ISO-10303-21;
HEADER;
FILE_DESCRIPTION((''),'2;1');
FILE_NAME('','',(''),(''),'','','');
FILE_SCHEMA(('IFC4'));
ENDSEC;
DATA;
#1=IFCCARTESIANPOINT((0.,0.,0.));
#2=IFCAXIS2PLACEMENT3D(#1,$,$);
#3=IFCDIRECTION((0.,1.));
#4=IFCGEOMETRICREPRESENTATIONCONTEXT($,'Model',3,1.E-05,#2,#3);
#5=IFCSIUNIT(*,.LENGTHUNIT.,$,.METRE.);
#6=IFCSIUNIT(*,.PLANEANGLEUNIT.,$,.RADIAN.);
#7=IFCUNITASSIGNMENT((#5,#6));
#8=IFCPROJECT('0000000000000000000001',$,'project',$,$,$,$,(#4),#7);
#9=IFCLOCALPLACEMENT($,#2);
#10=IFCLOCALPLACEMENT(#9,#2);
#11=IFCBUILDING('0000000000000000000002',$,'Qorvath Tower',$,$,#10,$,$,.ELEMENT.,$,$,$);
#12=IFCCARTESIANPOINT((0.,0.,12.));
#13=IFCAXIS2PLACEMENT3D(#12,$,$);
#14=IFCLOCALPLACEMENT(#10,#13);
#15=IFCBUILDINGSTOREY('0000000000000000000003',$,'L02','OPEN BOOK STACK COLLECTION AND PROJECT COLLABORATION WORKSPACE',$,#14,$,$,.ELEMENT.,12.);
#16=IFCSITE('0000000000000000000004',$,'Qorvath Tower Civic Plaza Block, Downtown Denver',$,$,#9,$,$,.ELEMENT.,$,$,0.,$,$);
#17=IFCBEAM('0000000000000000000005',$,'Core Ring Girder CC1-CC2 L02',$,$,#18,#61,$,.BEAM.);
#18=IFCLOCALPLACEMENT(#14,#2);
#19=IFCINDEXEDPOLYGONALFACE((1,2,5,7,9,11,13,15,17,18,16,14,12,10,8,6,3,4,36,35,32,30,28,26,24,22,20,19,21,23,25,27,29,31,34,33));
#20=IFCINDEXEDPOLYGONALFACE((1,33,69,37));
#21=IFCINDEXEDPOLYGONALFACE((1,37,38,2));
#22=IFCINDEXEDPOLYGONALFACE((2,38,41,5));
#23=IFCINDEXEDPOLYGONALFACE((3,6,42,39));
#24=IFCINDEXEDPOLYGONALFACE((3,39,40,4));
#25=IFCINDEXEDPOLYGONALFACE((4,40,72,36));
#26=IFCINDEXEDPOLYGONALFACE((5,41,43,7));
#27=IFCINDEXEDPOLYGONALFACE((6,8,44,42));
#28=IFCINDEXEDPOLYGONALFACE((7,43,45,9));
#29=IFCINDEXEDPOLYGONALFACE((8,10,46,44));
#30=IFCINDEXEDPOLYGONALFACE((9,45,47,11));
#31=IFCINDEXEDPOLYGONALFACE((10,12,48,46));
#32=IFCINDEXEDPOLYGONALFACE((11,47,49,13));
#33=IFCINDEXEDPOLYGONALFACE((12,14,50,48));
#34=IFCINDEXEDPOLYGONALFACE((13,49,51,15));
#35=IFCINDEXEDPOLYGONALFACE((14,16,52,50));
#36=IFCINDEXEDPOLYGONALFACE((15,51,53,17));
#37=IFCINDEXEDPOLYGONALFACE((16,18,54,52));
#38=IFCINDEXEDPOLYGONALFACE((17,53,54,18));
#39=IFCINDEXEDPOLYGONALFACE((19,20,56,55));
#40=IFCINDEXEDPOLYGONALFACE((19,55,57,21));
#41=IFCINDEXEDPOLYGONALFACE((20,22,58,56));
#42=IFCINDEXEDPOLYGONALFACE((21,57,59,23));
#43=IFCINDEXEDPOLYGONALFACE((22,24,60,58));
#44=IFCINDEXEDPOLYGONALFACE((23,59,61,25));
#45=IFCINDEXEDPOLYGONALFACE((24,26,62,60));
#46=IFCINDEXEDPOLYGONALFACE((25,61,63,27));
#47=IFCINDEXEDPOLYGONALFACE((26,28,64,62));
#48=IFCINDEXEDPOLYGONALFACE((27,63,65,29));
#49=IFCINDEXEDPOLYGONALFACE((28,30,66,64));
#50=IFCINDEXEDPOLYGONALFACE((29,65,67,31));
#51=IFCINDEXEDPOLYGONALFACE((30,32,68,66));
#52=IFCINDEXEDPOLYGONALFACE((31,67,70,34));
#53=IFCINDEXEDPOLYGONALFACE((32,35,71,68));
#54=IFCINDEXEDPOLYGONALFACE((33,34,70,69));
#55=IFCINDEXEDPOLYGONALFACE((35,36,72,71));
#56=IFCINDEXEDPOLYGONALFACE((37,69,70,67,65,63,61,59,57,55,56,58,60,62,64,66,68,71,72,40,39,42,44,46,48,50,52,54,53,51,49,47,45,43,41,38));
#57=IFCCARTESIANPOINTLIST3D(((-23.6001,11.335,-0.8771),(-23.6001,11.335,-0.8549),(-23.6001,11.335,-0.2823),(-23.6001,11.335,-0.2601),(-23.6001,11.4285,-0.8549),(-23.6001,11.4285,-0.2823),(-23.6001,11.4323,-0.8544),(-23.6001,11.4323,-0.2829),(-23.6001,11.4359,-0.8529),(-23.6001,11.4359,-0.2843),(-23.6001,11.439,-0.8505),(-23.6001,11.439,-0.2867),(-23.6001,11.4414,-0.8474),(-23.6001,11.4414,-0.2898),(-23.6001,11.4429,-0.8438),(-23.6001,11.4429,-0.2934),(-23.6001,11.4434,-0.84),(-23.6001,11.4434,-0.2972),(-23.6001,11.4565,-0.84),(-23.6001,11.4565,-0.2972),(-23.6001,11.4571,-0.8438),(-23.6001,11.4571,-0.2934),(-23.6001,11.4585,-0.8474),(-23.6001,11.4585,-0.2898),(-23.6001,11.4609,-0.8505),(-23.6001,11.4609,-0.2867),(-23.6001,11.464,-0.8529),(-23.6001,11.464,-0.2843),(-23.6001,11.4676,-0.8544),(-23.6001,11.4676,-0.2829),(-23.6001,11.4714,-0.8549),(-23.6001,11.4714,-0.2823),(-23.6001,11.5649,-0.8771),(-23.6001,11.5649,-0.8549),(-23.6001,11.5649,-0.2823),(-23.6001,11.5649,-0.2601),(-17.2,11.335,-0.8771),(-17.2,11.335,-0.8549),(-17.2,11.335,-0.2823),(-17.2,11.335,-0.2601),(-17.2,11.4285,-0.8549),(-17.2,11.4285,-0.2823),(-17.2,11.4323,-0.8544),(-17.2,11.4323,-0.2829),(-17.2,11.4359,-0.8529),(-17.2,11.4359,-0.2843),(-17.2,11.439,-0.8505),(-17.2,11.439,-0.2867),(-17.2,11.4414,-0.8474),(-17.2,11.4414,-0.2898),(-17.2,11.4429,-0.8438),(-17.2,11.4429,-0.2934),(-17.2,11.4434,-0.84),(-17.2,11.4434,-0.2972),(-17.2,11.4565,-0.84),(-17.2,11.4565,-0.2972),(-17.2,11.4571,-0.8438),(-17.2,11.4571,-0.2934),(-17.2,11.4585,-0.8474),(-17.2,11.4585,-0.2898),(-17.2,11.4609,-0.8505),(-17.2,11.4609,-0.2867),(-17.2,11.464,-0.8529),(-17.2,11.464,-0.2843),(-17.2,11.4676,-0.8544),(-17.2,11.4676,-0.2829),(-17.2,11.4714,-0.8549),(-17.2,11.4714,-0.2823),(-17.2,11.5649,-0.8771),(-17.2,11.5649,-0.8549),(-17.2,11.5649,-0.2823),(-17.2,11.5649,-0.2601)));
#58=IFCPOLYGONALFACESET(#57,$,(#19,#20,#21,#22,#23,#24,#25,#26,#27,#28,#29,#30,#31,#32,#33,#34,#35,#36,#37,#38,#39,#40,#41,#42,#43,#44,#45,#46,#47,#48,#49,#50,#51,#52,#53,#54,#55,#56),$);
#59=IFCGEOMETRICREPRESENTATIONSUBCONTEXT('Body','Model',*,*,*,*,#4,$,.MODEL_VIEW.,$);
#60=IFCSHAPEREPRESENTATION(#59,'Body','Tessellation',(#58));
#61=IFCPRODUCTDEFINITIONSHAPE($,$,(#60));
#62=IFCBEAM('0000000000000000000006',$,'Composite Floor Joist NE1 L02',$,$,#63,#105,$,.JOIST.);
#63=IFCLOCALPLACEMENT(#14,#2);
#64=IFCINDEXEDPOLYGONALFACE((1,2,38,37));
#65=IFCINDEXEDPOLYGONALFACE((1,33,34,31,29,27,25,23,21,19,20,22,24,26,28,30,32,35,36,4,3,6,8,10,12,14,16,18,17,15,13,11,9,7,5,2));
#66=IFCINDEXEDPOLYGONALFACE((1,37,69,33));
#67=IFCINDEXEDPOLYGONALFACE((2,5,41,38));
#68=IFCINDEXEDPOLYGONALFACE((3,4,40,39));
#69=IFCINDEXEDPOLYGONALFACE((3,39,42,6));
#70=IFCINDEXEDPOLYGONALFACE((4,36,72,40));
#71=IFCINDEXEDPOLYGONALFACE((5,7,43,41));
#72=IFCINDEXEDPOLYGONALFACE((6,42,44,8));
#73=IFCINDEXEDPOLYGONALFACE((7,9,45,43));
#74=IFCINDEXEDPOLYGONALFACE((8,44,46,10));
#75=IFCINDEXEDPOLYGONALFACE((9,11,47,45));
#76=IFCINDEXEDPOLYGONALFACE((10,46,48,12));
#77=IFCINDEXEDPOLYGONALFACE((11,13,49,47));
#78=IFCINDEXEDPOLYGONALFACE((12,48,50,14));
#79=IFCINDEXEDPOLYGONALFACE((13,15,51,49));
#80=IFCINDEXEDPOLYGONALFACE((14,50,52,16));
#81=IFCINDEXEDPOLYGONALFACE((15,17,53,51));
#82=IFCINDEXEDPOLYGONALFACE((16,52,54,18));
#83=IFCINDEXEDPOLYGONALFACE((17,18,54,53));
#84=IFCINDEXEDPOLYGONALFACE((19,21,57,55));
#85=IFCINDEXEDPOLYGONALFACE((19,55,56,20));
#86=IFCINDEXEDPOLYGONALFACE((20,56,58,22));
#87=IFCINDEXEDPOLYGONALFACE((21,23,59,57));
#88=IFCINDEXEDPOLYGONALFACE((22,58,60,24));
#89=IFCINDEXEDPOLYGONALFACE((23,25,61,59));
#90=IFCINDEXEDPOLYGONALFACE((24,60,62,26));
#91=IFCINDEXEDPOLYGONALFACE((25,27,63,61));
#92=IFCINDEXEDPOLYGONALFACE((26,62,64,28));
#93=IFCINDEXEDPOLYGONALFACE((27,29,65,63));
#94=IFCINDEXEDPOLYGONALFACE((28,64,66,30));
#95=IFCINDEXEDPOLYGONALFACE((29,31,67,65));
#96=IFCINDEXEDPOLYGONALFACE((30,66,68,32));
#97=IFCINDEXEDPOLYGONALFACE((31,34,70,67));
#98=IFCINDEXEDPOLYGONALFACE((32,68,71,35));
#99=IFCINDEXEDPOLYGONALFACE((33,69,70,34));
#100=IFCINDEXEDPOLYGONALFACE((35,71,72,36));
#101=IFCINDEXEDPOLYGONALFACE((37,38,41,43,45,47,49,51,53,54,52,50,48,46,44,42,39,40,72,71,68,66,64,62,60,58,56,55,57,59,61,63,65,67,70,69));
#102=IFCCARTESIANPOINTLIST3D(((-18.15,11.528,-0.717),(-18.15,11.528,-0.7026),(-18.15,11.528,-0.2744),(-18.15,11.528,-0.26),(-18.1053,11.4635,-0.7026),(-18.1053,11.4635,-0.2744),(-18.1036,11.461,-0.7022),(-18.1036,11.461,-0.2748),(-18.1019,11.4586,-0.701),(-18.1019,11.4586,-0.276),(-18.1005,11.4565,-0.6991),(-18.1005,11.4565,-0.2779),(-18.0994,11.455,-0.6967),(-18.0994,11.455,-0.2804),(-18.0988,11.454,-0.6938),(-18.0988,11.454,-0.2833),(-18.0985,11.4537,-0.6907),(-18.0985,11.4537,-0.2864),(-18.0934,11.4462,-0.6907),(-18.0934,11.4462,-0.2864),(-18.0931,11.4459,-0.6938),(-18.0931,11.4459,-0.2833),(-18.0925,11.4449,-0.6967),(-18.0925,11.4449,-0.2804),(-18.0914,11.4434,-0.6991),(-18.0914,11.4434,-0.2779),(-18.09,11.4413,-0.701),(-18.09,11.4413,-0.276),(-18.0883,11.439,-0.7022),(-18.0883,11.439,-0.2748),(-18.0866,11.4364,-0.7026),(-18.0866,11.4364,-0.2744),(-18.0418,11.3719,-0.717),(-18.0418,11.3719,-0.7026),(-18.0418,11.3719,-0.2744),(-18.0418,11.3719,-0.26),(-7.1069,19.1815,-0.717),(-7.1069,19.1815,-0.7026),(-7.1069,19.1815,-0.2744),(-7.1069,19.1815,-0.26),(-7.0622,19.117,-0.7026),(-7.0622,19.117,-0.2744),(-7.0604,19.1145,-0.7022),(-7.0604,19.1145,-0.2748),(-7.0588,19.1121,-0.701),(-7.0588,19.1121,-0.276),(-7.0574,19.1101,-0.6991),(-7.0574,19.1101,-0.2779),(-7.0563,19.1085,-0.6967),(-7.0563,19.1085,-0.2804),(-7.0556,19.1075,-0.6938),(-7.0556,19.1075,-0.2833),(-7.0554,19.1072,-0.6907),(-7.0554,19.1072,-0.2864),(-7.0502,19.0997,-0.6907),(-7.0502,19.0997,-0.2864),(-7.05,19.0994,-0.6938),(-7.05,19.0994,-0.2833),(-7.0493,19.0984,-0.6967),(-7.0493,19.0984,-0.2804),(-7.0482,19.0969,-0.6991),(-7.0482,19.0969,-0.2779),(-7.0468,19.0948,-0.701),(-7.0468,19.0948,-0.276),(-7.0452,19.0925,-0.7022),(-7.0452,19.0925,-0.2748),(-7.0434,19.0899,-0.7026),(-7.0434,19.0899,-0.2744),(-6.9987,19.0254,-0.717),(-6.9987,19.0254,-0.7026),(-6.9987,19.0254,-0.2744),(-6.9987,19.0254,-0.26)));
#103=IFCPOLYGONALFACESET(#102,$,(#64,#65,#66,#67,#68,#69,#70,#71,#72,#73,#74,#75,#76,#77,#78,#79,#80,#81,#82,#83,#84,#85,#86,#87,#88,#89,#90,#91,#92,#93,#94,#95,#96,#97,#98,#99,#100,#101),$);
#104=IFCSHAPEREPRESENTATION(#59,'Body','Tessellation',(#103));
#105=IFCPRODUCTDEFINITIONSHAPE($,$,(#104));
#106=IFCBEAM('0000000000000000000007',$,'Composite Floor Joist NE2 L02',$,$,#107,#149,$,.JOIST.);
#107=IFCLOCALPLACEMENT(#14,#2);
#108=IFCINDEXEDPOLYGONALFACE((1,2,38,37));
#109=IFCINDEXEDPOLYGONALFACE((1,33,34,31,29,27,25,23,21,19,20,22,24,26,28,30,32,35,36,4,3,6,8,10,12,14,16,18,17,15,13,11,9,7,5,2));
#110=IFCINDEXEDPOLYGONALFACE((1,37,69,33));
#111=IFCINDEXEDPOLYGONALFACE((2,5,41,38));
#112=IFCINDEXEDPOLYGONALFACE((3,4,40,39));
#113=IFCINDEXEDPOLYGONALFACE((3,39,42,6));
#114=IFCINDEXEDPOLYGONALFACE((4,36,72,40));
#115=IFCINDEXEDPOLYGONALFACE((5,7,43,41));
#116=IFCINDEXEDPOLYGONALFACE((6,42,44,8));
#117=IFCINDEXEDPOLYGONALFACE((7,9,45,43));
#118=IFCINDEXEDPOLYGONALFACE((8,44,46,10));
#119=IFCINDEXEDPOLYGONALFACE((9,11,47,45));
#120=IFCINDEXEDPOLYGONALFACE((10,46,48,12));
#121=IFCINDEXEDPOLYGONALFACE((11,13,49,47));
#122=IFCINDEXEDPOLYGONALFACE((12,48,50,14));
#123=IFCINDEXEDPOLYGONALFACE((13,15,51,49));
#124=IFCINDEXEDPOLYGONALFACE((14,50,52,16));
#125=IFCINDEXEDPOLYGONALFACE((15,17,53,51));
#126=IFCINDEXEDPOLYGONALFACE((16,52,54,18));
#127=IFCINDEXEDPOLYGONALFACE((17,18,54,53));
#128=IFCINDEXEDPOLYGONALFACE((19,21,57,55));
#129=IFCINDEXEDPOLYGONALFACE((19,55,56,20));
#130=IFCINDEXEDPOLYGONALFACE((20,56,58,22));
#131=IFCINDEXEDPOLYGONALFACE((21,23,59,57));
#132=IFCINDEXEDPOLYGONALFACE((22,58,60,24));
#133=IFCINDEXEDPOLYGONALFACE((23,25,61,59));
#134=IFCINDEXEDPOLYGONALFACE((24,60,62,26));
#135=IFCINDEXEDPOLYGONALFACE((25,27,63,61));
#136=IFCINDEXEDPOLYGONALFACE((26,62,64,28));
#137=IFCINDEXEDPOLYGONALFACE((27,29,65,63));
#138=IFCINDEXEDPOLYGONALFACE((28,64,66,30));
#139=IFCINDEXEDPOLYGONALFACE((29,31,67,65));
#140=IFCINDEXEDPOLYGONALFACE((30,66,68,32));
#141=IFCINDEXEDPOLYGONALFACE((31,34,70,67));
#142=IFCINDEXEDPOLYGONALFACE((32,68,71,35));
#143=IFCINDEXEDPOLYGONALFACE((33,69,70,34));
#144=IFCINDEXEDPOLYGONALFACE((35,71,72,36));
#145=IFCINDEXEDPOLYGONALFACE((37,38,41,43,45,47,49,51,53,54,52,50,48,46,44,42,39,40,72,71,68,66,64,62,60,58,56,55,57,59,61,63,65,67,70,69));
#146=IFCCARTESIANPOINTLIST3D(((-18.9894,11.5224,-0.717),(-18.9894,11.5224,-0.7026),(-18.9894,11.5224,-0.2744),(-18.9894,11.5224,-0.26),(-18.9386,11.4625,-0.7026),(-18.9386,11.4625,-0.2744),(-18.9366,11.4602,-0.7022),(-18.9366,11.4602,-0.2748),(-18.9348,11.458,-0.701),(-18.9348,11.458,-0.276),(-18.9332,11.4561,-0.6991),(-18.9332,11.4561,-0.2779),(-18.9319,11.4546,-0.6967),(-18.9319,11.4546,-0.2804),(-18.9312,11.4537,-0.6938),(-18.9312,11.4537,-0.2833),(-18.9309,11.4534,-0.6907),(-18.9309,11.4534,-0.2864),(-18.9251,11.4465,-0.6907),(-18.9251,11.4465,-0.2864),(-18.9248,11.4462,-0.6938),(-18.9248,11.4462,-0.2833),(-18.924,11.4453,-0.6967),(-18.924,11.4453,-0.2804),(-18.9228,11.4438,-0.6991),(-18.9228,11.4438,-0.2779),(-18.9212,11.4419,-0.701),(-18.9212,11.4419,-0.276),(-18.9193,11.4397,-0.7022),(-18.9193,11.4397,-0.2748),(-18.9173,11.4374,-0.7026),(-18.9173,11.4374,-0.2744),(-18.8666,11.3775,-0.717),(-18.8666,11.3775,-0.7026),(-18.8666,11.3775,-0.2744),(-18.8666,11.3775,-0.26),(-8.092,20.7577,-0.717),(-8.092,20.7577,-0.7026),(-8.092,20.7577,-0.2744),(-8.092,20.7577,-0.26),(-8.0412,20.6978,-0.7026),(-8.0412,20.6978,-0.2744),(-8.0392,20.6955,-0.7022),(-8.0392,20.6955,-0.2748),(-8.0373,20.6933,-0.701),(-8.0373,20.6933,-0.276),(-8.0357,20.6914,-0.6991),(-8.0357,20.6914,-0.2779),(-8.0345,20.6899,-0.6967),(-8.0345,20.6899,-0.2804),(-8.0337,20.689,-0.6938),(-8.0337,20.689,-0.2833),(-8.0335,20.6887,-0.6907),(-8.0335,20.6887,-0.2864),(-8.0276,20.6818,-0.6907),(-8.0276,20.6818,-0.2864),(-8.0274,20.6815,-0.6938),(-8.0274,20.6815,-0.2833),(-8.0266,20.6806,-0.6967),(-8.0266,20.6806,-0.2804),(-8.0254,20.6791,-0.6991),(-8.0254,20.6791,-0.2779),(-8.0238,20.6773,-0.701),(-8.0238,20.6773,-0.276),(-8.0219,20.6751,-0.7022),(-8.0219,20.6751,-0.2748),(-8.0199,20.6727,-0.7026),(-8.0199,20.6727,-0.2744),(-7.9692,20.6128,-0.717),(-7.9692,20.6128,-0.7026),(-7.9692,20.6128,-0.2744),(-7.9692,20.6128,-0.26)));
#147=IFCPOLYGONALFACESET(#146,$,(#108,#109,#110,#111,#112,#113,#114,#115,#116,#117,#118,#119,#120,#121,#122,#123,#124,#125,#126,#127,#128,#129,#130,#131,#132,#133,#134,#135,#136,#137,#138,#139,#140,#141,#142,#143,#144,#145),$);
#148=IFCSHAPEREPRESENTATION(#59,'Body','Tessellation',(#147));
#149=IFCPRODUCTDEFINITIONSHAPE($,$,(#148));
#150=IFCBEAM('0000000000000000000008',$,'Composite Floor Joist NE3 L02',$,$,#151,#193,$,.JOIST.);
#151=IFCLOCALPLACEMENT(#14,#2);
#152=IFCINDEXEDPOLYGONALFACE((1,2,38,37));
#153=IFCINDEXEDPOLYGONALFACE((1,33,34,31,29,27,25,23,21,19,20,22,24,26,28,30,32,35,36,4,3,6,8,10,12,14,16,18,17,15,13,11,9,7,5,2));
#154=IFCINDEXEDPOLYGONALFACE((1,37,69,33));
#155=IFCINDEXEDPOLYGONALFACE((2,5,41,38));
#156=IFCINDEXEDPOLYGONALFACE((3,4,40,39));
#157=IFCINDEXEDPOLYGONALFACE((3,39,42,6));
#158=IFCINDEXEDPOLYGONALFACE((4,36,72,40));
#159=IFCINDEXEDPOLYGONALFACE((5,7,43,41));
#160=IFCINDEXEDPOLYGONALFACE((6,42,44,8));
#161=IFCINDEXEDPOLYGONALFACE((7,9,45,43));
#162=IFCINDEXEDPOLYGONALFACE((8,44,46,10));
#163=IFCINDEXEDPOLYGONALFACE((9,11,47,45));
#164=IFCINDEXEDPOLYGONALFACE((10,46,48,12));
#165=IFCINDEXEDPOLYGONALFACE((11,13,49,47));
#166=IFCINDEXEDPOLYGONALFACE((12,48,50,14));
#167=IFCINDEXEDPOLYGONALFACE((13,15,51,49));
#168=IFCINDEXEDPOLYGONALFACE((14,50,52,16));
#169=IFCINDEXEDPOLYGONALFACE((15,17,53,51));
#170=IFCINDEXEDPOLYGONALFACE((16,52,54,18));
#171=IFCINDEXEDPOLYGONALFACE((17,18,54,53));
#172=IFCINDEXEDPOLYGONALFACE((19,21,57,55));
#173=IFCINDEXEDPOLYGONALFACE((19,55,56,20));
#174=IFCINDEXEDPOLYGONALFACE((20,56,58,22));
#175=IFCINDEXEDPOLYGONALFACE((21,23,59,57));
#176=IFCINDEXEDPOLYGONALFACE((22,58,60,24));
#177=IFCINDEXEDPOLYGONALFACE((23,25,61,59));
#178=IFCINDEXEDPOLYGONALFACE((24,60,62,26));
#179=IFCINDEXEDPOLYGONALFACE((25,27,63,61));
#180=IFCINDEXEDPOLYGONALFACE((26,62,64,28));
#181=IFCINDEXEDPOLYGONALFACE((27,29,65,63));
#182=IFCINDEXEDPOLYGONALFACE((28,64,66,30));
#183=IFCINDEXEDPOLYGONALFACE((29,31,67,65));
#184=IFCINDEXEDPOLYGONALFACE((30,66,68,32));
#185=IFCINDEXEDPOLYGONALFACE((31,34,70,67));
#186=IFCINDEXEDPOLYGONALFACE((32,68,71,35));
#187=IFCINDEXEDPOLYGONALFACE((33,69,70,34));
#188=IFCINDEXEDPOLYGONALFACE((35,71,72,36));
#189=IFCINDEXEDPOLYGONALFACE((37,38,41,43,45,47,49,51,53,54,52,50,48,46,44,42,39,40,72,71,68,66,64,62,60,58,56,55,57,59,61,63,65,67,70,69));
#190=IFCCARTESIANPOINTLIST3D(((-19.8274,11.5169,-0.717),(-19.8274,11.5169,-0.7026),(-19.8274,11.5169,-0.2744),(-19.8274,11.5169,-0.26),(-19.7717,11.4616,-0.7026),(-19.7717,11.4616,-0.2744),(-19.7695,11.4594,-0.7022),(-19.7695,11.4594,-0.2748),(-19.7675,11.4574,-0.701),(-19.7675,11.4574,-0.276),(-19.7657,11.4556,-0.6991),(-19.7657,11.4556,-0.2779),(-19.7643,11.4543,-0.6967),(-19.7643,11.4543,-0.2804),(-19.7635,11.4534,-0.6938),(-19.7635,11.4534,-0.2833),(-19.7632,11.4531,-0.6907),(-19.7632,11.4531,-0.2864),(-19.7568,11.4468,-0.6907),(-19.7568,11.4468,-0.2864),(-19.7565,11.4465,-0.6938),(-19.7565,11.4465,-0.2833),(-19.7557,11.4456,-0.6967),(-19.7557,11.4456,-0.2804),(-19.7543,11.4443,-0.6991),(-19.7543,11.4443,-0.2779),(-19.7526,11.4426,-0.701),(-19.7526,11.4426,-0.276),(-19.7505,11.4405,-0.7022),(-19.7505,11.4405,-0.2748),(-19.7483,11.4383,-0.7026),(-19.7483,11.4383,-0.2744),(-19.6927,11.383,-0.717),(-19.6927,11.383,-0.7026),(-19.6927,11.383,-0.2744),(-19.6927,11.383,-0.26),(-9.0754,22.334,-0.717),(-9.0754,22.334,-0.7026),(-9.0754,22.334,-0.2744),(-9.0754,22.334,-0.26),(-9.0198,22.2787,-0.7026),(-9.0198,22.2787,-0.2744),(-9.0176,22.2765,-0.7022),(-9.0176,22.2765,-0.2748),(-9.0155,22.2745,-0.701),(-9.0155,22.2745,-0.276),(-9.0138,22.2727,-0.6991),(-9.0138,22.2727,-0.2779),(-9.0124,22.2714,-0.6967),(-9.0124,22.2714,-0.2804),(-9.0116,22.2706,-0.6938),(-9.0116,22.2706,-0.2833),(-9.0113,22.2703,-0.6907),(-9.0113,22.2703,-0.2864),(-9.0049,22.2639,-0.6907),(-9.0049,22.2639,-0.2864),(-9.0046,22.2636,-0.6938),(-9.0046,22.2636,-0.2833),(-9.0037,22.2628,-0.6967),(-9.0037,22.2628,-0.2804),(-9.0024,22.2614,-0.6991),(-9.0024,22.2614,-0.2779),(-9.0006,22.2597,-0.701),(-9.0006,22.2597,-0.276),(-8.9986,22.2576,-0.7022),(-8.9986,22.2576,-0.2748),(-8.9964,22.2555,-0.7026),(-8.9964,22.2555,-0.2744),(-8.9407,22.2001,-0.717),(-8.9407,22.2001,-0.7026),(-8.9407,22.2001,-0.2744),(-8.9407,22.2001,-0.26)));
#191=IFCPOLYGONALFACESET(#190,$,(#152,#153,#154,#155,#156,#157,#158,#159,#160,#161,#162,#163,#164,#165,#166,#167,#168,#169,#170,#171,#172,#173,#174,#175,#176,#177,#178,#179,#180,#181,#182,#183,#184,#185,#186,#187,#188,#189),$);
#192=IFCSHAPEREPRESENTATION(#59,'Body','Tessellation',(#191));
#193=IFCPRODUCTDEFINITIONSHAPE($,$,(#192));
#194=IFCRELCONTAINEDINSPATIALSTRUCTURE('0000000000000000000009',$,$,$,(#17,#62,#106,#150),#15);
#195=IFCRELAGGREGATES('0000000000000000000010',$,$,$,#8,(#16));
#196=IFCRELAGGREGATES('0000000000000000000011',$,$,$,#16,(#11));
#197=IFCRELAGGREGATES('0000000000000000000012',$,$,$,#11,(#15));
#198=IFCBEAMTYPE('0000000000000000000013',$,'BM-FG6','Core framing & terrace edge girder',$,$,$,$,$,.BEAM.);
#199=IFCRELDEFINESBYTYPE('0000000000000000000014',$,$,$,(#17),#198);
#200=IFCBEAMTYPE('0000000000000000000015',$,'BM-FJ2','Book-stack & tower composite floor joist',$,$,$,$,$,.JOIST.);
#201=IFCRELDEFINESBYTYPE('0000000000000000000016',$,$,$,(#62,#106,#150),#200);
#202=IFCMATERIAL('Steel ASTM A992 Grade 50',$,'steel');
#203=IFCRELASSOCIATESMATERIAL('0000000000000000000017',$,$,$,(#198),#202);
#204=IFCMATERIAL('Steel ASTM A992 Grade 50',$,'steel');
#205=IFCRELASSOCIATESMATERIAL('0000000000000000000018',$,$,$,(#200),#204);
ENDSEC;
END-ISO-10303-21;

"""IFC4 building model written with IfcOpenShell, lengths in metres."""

from ifc_helpers import new_model, si_unit, direction, frame, origin, origin_2d, place, context, subcontext, project, spatial, i_section, extrude, material, material_profile, profile_set, type_object, element, save


model = new_model("IFC4")

# Units and contexts
model_context = context("Model", 3, precision=1e-05, world=origin(), true_north=direction((0.0, 1.0)))
body_context = subcontext(model_context, "Body", "Model", "MODEL_VIEW")
ifc_project = project(units=[si_unit("LENGTHUNIT", "METRE"), si_unit("PLANEANGLEUNIT", "RADIAN")], contexts=[model_context])

# Site, building, storey
site_placement = place(None, origin())
site = spatial("IfcSite", under=ifc_project, at=site_placement, Name="Qorvath Tower Civic Plaza Block, Downtown Denver", CompositionType="ELEMENT", RefElevation=0.0)
building_placement = place(site_placement, origin())
building = spatial("IfcBuilding", under=site, at=building_placement, Name="Qorvath Tower", CompositionType="ELEMENT")
storey_placement = place(building_placement, frame((0.0, 0.0, 12.0)))
storey = spatial("IfcBuildingStorey", under=building, at=storey_placement, Name="L02", Description="OPEN BOOK STACK COLLECTION AND PROJECT COLLABORATION WORKSPACE", CompositionType="ELEMENT", Elevation=12.0)

# Beams
ifc_material_1 = material(Name="Steel ASTM A992 Grade 50", Category="steel")
ifc_material_profile_1 = material_profile(ifc_material_1, i_section(OverallWidth=0.23, OverallDepth=0.6169, WebThickness=0.0132, FlangeThickness=0.0222, FilletRadius=0.0149, at=origin_2d()), Name="W24x94")
ifc_profile_set_1 = profile_set([ifc_material_profile_1], Name="Steel ASTM A992 Grade 50")
beam_type_1 = type_object("IfcBeamType", Name="BM-FG6", Description="Core framing & terrace edge girder", PredefinedType="BEAM", material=ifc_profile_set_1)
beam_1_placement = place(storey_placement, frame((-23.6001, 11.45, -0.5686), z_axis=(1.0, 0.0, 0.0), x_axis=(0.0, 1.0, 0.0)))
element("IfcBeam", 1, at=beam_1_placement, inside=storey, type_object=beam_type_1, Name="Core Ring Girder CC1-CC2 L02", PredefinedType="BEAM", context=body_context, shape_type="SweptSolid", body=[
    extrude(i_section(OverallWidth=0.23, OverallDepth=0.6169, WebThickness=0.0132, FlangeThickness=0.0222, FilletRadius=0.0149, at=origin_2d()), origin(), (0.0, 0.0, 1.0), 6.4001),
])
ifc_material_2 = material(Name="Steel ASTM A992 Grade 50", Category="steel")
ifc_material_profile_2 = material_profile(ifc_material_2, i_section(OverallWidth=0.1899, OverallDepth=0.457, WebThickness=0.009, FlangeThickness=0.0144, FilletRadius=0.012, at=origin_2d()), Name="W18x50")
ifc_profile_set_2 = profile_set([ifc_material_profile_2], Name="Steel ASTM A992 Grade 50")
beam_type_2 = type_object("IfcBeamType", Name="BM-FJ2", Description="Book-stack & tower composite floor joist", PredefinedType="JOIST", material=ifc_profile_set_2)
beam_2_placement = place(storey_placement, frame((-18.0959, 11.45, -0.4885), z_axis=(0.821904, 0.569626, 0.0), x_axis=(-0.569626, 0.821904, 0.0)))
element("IfcBeam", 2, at=beam_2_placement, inside=storey, type_object=beam_type_2, Name="Composite Floor Joist NE1 L02", PredefinedType="JOIST", context=body_context, shape_type="SweptSolid", body=[
    extrude(i_section(OverallWidth=0.1899, OverallDepth=0.457, WebThickness=0.009, FlangeThickness=0.0144, FilletRadius=0.012, at=origin_2d()), origin(), (0.0, 0.0, 1.0), 13.436),
])
beam_3_placement = place(storey_placement, frame((-18.928, 11.45, -0.4885), z_axis=(0.762888, 0.64653, 0.0), x_axis=(-0.64653, 0.762888, 0.0)))
element("IfcBeam", 3, at=beam_3_placement, inside=storey, type_object=beam_type_2, Name="Composite Floor Joist NE2 L02", PredefinedType="JOIST", context=body_context, shape_type="SweptSolid", body=[
    extrude(i_section(OverallWidth=0.1899, OverallDepth=0.457, WebThickness=0.009, FlangeThickness=0.0144, FilletRadius=0.012, at=origin_2d()), origin(), (0.0, 0.0, 1.0), 14.2844),
])
beam_4_placement = place(storey_placement, frame((-19.76, 11.45, -0.4885), z_axis=(0.704967, 0.709241, 0.0), x_axis=(-0.709241, 0.704967, 0.0)))
element("IfcBeam", 4, at=beam_4_placement, inside=storey, type_object=beam_type_2, Name="Composite Floor Joist NE3 L02", PredefinedType="JOIST", context=body_context, shape_type="SweptSolid", body=[
    extrude(i_section(OverallWidth=0.1899, OverallDepth=0.457, WebThickness=0.009, FlangeThickness=0.0144, FilletRadius=0.012, at=origin_2d()), origin(), (0.0, 0.0, 1.0), 15.2517),
])

save(model, "model.ifc")
